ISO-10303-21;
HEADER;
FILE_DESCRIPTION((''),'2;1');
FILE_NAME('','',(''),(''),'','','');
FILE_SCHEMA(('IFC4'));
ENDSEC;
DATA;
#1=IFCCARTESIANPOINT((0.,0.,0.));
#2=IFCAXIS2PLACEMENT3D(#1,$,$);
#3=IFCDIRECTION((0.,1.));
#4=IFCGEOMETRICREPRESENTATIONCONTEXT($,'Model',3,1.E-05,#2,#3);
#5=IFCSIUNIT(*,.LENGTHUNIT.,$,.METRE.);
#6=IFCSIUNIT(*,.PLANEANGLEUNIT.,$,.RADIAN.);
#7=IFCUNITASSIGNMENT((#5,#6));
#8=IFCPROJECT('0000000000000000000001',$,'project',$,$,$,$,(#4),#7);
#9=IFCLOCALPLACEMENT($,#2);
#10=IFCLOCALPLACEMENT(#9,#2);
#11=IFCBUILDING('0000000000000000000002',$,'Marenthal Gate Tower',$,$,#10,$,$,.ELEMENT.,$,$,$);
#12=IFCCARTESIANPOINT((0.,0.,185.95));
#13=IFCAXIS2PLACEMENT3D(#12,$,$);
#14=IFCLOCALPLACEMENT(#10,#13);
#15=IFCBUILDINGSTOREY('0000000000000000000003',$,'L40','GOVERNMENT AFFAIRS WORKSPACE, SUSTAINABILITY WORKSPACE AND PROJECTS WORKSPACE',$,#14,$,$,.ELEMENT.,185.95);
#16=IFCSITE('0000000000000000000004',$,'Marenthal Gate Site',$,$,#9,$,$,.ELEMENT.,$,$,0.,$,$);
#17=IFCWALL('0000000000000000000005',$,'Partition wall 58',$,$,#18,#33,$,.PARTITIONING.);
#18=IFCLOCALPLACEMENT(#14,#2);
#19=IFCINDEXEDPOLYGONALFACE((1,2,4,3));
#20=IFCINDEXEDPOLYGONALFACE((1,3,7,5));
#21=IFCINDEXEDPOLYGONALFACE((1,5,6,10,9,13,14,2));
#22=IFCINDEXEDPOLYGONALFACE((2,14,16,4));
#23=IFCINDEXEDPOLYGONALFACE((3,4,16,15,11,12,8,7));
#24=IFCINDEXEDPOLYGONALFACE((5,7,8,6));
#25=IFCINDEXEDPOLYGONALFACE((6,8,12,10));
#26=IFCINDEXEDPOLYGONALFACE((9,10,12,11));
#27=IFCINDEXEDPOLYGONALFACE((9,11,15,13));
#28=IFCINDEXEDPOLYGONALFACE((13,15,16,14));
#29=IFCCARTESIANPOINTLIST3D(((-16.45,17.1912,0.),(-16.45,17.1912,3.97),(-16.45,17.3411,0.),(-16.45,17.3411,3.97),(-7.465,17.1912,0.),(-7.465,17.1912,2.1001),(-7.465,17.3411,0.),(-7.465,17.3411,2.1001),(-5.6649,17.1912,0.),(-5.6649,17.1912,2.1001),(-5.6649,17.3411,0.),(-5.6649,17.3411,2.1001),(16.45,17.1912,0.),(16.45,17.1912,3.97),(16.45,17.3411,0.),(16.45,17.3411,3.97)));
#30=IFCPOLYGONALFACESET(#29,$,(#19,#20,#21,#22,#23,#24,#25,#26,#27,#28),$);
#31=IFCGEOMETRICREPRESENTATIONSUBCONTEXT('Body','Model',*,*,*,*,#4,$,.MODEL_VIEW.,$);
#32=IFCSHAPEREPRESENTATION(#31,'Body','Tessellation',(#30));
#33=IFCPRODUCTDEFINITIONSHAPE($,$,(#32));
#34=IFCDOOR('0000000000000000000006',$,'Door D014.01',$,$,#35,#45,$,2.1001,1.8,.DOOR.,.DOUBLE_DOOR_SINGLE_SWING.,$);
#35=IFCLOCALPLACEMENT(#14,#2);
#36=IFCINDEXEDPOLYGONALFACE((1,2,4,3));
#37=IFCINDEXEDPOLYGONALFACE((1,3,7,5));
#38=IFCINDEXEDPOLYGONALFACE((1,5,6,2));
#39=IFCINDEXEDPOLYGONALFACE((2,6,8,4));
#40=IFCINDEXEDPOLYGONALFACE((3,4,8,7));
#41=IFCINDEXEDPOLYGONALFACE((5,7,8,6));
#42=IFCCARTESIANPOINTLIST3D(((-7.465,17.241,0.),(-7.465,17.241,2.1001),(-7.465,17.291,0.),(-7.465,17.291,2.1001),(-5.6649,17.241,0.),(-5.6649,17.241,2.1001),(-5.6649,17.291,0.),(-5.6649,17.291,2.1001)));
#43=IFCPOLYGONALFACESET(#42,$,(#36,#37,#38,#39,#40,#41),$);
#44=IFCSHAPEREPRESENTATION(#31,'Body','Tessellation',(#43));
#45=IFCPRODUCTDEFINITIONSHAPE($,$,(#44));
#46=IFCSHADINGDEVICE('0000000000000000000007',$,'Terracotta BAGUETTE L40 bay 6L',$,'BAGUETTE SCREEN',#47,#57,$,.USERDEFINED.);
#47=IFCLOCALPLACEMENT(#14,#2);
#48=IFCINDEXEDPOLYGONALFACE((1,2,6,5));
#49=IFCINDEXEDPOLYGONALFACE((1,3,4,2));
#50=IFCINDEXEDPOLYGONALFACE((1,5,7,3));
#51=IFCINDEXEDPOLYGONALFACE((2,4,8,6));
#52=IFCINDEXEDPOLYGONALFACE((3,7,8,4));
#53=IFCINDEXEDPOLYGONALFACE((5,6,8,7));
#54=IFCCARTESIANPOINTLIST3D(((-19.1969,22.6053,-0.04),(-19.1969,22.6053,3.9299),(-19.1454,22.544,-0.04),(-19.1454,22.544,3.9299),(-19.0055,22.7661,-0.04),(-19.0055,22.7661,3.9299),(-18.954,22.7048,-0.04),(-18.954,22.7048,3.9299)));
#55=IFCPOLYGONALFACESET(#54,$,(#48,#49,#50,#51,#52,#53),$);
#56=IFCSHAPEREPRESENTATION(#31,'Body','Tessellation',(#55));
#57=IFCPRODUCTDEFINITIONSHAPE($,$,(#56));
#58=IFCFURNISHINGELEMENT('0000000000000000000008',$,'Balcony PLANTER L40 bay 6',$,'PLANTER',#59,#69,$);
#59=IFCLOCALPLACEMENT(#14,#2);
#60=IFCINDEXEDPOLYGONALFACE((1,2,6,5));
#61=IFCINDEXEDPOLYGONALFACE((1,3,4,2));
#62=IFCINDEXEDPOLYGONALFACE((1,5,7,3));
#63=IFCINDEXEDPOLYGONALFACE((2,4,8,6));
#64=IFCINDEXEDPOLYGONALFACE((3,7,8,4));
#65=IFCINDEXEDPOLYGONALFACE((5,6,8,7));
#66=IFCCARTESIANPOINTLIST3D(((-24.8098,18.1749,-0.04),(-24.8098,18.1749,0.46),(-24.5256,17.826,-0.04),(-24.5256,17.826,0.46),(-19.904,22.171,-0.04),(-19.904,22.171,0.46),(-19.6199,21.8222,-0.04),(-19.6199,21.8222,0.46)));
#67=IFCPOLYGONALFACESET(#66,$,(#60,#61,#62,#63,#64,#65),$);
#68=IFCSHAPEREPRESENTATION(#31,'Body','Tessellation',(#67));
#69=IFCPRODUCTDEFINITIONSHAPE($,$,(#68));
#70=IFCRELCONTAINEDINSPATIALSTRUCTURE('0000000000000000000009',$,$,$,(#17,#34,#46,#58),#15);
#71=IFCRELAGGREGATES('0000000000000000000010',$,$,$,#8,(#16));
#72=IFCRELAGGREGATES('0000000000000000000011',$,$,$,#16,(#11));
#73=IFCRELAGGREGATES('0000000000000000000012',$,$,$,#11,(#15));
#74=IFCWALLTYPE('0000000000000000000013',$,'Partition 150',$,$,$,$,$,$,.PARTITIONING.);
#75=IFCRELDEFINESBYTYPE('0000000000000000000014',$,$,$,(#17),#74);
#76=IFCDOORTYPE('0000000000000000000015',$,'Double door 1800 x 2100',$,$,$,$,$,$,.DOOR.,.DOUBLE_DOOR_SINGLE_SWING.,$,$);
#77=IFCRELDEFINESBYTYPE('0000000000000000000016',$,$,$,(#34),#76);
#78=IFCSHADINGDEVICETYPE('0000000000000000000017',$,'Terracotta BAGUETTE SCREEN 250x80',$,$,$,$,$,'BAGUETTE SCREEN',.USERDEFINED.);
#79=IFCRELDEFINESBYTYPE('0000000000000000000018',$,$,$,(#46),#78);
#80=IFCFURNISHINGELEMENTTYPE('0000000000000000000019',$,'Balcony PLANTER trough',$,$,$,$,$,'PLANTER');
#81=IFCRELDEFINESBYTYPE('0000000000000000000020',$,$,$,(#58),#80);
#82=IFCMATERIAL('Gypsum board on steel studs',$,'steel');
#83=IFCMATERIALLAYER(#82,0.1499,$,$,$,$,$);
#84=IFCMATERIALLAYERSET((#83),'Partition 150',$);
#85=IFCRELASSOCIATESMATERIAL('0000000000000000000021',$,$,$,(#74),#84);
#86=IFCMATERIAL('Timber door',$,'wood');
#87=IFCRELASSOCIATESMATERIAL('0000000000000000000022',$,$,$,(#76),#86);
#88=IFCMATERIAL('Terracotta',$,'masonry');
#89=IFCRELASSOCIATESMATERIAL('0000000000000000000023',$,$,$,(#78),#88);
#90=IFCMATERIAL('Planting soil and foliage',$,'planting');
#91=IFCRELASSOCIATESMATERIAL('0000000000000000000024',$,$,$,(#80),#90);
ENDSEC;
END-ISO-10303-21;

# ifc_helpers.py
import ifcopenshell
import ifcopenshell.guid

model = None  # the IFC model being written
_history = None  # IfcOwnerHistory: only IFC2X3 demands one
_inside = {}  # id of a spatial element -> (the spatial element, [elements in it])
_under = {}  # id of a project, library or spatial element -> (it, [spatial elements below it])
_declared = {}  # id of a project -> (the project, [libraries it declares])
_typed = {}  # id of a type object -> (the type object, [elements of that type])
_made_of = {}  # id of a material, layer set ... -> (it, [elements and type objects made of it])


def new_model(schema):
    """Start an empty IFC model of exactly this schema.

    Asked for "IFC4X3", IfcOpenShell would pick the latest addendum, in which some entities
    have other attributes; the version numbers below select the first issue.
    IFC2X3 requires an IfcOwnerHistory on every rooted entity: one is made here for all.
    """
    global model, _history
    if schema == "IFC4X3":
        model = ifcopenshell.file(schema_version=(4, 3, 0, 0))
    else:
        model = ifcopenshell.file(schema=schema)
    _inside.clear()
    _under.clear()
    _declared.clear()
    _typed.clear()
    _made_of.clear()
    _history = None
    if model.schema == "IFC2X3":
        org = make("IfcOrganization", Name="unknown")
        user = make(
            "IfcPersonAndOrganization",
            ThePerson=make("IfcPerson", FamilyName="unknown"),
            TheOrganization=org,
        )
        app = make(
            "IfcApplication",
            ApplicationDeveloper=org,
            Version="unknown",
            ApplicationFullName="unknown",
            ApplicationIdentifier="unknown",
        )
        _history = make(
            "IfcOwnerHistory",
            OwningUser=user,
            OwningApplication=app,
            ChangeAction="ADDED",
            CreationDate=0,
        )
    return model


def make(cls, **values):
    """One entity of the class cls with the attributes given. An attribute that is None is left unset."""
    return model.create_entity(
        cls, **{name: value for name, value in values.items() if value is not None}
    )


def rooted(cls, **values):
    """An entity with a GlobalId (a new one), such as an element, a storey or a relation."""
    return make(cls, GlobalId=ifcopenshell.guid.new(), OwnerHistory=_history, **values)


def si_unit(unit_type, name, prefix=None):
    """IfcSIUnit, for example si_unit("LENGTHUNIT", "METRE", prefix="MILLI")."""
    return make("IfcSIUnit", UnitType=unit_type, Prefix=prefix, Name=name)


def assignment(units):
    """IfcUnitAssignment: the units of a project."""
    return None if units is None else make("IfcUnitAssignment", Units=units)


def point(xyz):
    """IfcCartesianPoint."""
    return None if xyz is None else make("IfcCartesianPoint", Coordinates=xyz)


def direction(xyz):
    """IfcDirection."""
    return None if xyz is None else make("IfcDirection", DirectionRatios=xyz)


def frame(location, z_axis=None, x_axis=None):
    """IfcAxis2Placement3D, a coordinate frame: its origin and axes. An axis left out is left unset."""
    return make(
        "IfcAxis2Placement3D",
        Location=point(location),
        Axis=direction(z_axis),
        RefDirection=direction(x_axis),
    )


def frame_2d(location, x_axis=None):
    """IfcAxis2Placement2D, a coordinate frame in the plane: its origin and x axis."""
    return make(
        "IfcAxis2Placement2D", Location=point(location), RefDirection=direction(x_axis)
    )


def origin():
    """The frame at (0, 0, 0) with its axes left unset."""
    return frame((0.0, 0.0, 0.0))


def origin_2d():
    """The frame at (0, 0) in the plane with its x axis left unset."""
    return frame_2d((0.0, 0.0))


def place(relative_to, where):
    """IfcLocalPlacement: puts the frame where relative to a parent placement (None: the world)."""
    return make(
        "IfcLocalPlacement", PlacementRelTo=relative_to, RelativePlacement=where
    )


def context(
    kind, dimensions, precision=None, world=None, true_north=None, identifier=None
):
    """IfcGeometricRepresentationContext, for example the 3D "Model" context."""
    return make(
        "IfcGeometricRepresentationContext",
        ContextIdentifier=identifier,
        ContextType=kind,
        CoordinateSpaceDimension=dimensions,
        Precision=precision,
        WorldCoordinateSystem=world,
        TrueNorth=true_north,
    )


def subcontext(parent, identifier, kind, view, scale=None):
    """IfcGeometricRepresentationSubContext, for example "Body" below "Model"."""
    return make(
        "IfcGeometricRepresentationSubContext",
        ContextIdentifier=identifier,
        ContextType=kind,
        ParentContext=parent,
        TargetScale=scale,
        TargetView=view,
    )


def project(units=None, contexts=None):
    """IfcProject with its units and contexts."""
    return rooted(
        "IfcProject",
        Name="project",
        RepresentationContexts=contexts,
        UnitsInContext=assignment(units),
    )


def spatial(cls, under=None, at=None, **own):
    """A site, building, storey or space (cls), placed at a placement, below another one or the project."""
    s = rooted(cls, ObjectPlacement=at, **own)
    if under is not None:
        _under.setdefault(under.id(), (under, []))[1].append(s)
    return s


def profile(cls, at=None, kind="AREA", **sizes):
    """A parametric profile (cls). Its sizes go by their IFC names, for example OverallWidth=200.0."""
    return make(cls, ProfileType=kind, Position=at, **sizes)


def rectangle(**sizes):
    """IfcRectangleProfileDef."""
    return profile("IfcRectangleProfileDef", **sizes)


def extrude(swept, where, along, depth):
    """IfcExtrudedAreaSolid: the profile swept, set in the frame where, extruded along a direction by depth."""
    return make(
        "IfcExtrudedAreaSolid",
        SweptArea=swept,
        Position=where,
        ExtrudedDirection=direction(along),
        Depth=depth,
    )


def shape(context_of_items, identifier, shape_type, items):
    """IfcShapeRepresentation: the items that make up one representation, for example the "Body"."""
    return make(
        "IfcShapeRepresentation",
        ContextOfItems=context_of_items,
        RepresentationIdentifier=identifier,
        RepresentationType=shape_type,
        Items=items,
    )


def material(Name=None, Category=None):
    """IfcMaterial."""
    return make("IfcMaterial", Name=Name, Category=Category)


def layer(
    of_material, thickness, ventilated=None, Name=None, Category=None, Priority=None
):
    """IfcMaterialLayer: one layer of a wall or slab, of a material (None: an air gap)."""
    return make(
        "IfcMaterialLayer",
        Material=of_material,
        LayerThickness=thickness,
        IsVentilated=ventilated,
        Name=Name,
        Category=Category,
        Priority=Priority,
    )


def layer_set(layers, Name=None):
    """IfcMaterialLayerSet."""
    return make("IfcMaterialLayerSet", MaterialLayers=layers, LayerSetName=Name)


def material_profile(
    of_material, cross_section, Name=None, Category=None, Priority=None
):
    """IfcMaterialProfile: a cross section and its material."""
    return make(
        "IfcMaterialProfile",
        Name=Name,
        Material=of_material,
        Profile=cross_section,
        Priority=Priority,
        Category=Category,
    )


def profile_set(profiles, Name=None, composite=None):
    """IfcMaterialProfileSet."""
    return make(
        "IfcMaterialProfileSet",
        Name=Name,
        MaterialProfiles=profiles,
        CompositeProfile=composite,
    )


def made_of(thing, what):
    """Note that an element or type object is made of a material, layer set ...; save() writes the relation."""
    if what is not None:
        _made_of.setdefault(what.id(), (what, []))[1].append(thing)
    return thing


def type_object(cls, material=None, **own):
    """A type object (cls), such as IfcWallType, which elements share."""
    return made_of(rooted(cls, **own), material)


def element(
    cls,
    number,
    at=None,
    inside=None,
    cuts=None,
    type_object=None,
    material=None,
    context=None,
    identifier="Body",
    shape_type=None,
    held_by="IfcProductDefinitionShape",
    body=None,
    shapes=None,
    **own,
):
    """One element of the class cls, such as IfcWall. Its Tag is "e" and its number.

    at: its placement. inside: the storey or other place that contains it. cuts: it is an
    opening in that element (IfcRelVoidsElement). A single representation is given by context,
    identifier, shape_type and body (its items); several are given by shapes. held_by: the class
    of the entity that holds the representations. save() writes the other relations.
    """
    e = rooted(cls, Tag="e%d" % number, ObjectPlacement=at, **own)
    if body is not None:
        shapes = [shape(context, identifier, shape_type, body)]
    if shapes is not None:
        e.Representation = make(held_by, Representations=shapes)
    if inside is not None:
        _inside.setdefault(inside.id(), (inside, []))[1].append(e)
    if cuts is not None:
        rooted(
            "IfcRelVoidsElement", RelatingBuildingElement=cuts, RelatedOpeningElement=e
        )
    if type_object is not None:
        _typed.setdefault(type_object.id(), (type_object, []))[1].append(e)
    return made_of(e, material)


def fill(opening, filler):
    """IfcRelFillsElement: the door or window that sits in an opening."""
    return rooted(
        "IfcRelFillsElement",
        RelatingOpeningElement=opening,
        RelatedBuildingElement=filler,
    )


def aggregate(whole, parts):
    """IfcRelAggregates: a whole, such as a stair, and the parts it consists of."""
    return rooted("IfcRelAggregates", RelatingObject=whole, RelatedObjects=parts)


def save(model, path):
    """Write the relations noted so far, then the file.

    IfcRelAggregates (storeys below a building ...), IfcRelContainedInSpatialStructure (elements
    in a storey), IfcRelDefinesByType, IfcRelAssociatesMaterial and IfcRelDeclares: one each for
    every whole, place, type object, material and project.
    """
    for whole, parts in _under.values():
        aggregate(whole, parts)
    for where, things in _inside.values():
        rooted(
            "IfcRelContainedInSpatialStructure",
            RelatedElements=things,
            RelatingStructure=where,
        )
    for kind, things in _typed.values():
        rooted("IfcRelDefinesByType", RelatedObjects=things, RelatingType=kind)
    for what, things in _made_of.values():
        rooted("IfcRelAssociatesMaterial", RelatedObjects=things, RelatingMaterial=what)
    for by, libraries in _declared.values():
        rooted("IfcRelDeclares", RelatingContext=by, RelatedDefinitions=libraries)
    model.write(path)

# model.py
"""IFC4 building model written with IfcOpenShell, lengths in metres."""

from ifc_helpers import new_model, si_unit, direction, frame, frame_2d, origin, origin_2d, place, context, subcontext, project, spatial, rectangle, extrude, material, layer, layer_set, material_profile, profile_set, type_object, element, fill, save


model = new_model("IFC4")

# Units and contexts
model_context = context("Model", 3, precision=1e-05, world=origin(), true_north=direction((0.0, 1.0)))
body_context = subcontext(model_context, "Body", "Model", "MODEL_VIEW")
ifc_project = project(units=[si_unit("LENGTHUNIT", "METRE"), si_unit("PLANEANGLEUNIT", "RADIAN")], contexts=[model_context])

# Site, building, storey
site_placement = place(None, origin())
site = spatial("IfcSite", under=ifc_project, at=site_placement, Name="Marenthal Gate Site", CompositionType="ELEMENT", RefElevation=0.0)
building_placement = place(site_placement, origin())
building = spatial("IfcBuilding", under=site, at=building_placement, Name="Marenthal Gate Tower", CompositionType="ELEMENT")
storey_placement = place(building_placement, frame((0.0, 0.0, 185.95)))
storey = spatial("IfcBuildingStorey", under=building, at=storey_placement, Name="L40", Description="GOVERNMENT AFFAIRS WORKSPACE, SUSTAINABILITY WORKSPACE AND PROJECTS WORKSPACE", CompositionType="ELEMENT", Elevation=185.95)

# Shared definitions
ifc_material_1 = material(Name="Gypsum board on steel studs", Category="steel")
ifc_layer_1 = layer(ifc_material_1, 0.1499)
ifc_layer_set_1 = layer_set([ifc_layer_1], Name="Partition 150")
wall_type_1 = type_object("IfcWallType", Name="Partition 150", PredefinedType="PARTITIONING", material=ifc_layer_set_1)

# Wall, opening, door
ifc_material_2 = material(Name="Timber door", Category="wood")
door_type_1 = type_object("IfcDoorType", Name="Double door 1800 x 2100", OperationType="DOUBLE_DOOR_SINGLE_SWING", PredefinedType="DOOR", material=ifc_material_2)
wall_1_placement = place(storey_placement, frame((-16.45, 17.2661, 0.0), z_axis=(0.0, 0.0, 1.0), x_axis=(1.0, 0.0, 0.0)))
wall_1 = element("IfcWall", 1, at=wall_1_placement, inside=storey, type_object=wall_type_1, Name="Partition wall 58", PredefinedType="PARTITIONING", context=body_context, shape_type="SweptSolid", body=[
    extrude(rectangle(XDim=32.8999, YDim=0.1499, at=frame_2d((16.45, 0.0))), origin(), (0.0, 0.0, 1.0), 3.97),
])
opening_1_placement = place(wall_1_placement, frame((8.9851, 0.0, 0.0)))
opening_1 = element("IfcOpeningElement", 2, at=opening_1_placement, cuts=wall_1, PredefinedType="OPENING", context=body_context, shape_type="SweptSolid", body=[
    extrude(rectangle(XDim=1.8, YDim=2.1001, at=frame_2d((0.8999, 1.05))), frame((0.0, 0.085, 0.0), z_axis=(0.0, -1.0, 0.0), x_axis=(1.0, 0.0, 0.0)), (0.0, 0.0, 1.0), 0.1699),
])
door_1_placement = place(opening_1_placement, origin())
door_1 = element("IfcDoor", 3, at=door_1_placement, inside=storey, type_object=door_type_1, Name="Door D014.01", OperationType="DOUBLE_DOOR_SINGLE_SWING", OverallHeight=2.1001, OverallWidth=1.8, PredefinedType="DOOR", context=body_context, shape_type="SweptSolid", body=[
    extrude(rectangle(XDim=1.8, YDim=2.1001, at=frame_2d((0.8999, 1.05))), frame((0.0, 0.0249, 0.0), z_axis=(0.0, -1.0, 0.0), x_axis=(1.0, 0.0, 0.0)), (0.0, 0.0, 1.0), 0.05),
])
fill(opening_1, door_1)

# Shading device
ifc_material_3 = material(Name="Terracotta", Category="masonry")
ifc_material_profile_1 = material_profile(ifc_material_3, rectangle(XDim=0.25, YDim=0.0801, at=origin_2d()), Name="Terracotta baguette 250x80")
ifc_profile_set_1 = profile_set([ifc_material_profile_1], Name="Terracotta")
shading_device_type = type_object("IfcShadingDeviceType", Name="Terracotta BAGUETTE SCREEN 250x80", ElementType="BAGUETTE SCREEN", PredefinedType="USERDEFINED", material=ifc_profile_set_1)
shading_device_placement = place(storey_placement, frame((-19.0754, 22.655, -0.04), z_axis=(0.0, 0.0, 1.0), x_axis=(-0.76578, -0.643103, 0.0)))
element("IfcShadingDevice", 4, at=shading_device_placement, inside=storey, type_object=shading_device_type, Name="Terracotta BAGUETTE L40 bay 6L", ObjectType="BAGUETTE SCREEN", PredefinedType="USERDEFINED", context=body_context, shape_type="SweptSolid", body=[
    extrude(rectangle(XDim=0.25, YDim=0.0801, at=origin_2d()), origin(), (0.0, 0.0, 1.0), 3.97),
])

# Furnishing element
ifc_material_4 = material(Name="Planting soil and foliage", Category="planting")
furnishing_element_type = type_object("IfcFurnishingElementType", Name="Balcony PLANTER trough", ElementType="PLANTER", material=ifc_material_4)
furnishing_placement = place(storey_placement, frame((-22.2148, 19.9985, -0.04), z_axis=(0.0, 0.0, 1.0), x_axis=(-0.775322, -0.631567, 0.0)))
element("IfcFurnishingElement", 5, at=furnishing_placement, inside=storey, type_object=furnishing_element_type, Name="Balcony PLANTER L40 bay 6", ObjectType="PLANTER", context=body_context, shape_type="SweptSolid", body=[
    extrude(rectangle(XDim=6.3274, YDim=0.45, at=origin_2d()), origin(), (0.0, 0.0, 1.0), 0.5),
])

save(model, "model.ifc")
